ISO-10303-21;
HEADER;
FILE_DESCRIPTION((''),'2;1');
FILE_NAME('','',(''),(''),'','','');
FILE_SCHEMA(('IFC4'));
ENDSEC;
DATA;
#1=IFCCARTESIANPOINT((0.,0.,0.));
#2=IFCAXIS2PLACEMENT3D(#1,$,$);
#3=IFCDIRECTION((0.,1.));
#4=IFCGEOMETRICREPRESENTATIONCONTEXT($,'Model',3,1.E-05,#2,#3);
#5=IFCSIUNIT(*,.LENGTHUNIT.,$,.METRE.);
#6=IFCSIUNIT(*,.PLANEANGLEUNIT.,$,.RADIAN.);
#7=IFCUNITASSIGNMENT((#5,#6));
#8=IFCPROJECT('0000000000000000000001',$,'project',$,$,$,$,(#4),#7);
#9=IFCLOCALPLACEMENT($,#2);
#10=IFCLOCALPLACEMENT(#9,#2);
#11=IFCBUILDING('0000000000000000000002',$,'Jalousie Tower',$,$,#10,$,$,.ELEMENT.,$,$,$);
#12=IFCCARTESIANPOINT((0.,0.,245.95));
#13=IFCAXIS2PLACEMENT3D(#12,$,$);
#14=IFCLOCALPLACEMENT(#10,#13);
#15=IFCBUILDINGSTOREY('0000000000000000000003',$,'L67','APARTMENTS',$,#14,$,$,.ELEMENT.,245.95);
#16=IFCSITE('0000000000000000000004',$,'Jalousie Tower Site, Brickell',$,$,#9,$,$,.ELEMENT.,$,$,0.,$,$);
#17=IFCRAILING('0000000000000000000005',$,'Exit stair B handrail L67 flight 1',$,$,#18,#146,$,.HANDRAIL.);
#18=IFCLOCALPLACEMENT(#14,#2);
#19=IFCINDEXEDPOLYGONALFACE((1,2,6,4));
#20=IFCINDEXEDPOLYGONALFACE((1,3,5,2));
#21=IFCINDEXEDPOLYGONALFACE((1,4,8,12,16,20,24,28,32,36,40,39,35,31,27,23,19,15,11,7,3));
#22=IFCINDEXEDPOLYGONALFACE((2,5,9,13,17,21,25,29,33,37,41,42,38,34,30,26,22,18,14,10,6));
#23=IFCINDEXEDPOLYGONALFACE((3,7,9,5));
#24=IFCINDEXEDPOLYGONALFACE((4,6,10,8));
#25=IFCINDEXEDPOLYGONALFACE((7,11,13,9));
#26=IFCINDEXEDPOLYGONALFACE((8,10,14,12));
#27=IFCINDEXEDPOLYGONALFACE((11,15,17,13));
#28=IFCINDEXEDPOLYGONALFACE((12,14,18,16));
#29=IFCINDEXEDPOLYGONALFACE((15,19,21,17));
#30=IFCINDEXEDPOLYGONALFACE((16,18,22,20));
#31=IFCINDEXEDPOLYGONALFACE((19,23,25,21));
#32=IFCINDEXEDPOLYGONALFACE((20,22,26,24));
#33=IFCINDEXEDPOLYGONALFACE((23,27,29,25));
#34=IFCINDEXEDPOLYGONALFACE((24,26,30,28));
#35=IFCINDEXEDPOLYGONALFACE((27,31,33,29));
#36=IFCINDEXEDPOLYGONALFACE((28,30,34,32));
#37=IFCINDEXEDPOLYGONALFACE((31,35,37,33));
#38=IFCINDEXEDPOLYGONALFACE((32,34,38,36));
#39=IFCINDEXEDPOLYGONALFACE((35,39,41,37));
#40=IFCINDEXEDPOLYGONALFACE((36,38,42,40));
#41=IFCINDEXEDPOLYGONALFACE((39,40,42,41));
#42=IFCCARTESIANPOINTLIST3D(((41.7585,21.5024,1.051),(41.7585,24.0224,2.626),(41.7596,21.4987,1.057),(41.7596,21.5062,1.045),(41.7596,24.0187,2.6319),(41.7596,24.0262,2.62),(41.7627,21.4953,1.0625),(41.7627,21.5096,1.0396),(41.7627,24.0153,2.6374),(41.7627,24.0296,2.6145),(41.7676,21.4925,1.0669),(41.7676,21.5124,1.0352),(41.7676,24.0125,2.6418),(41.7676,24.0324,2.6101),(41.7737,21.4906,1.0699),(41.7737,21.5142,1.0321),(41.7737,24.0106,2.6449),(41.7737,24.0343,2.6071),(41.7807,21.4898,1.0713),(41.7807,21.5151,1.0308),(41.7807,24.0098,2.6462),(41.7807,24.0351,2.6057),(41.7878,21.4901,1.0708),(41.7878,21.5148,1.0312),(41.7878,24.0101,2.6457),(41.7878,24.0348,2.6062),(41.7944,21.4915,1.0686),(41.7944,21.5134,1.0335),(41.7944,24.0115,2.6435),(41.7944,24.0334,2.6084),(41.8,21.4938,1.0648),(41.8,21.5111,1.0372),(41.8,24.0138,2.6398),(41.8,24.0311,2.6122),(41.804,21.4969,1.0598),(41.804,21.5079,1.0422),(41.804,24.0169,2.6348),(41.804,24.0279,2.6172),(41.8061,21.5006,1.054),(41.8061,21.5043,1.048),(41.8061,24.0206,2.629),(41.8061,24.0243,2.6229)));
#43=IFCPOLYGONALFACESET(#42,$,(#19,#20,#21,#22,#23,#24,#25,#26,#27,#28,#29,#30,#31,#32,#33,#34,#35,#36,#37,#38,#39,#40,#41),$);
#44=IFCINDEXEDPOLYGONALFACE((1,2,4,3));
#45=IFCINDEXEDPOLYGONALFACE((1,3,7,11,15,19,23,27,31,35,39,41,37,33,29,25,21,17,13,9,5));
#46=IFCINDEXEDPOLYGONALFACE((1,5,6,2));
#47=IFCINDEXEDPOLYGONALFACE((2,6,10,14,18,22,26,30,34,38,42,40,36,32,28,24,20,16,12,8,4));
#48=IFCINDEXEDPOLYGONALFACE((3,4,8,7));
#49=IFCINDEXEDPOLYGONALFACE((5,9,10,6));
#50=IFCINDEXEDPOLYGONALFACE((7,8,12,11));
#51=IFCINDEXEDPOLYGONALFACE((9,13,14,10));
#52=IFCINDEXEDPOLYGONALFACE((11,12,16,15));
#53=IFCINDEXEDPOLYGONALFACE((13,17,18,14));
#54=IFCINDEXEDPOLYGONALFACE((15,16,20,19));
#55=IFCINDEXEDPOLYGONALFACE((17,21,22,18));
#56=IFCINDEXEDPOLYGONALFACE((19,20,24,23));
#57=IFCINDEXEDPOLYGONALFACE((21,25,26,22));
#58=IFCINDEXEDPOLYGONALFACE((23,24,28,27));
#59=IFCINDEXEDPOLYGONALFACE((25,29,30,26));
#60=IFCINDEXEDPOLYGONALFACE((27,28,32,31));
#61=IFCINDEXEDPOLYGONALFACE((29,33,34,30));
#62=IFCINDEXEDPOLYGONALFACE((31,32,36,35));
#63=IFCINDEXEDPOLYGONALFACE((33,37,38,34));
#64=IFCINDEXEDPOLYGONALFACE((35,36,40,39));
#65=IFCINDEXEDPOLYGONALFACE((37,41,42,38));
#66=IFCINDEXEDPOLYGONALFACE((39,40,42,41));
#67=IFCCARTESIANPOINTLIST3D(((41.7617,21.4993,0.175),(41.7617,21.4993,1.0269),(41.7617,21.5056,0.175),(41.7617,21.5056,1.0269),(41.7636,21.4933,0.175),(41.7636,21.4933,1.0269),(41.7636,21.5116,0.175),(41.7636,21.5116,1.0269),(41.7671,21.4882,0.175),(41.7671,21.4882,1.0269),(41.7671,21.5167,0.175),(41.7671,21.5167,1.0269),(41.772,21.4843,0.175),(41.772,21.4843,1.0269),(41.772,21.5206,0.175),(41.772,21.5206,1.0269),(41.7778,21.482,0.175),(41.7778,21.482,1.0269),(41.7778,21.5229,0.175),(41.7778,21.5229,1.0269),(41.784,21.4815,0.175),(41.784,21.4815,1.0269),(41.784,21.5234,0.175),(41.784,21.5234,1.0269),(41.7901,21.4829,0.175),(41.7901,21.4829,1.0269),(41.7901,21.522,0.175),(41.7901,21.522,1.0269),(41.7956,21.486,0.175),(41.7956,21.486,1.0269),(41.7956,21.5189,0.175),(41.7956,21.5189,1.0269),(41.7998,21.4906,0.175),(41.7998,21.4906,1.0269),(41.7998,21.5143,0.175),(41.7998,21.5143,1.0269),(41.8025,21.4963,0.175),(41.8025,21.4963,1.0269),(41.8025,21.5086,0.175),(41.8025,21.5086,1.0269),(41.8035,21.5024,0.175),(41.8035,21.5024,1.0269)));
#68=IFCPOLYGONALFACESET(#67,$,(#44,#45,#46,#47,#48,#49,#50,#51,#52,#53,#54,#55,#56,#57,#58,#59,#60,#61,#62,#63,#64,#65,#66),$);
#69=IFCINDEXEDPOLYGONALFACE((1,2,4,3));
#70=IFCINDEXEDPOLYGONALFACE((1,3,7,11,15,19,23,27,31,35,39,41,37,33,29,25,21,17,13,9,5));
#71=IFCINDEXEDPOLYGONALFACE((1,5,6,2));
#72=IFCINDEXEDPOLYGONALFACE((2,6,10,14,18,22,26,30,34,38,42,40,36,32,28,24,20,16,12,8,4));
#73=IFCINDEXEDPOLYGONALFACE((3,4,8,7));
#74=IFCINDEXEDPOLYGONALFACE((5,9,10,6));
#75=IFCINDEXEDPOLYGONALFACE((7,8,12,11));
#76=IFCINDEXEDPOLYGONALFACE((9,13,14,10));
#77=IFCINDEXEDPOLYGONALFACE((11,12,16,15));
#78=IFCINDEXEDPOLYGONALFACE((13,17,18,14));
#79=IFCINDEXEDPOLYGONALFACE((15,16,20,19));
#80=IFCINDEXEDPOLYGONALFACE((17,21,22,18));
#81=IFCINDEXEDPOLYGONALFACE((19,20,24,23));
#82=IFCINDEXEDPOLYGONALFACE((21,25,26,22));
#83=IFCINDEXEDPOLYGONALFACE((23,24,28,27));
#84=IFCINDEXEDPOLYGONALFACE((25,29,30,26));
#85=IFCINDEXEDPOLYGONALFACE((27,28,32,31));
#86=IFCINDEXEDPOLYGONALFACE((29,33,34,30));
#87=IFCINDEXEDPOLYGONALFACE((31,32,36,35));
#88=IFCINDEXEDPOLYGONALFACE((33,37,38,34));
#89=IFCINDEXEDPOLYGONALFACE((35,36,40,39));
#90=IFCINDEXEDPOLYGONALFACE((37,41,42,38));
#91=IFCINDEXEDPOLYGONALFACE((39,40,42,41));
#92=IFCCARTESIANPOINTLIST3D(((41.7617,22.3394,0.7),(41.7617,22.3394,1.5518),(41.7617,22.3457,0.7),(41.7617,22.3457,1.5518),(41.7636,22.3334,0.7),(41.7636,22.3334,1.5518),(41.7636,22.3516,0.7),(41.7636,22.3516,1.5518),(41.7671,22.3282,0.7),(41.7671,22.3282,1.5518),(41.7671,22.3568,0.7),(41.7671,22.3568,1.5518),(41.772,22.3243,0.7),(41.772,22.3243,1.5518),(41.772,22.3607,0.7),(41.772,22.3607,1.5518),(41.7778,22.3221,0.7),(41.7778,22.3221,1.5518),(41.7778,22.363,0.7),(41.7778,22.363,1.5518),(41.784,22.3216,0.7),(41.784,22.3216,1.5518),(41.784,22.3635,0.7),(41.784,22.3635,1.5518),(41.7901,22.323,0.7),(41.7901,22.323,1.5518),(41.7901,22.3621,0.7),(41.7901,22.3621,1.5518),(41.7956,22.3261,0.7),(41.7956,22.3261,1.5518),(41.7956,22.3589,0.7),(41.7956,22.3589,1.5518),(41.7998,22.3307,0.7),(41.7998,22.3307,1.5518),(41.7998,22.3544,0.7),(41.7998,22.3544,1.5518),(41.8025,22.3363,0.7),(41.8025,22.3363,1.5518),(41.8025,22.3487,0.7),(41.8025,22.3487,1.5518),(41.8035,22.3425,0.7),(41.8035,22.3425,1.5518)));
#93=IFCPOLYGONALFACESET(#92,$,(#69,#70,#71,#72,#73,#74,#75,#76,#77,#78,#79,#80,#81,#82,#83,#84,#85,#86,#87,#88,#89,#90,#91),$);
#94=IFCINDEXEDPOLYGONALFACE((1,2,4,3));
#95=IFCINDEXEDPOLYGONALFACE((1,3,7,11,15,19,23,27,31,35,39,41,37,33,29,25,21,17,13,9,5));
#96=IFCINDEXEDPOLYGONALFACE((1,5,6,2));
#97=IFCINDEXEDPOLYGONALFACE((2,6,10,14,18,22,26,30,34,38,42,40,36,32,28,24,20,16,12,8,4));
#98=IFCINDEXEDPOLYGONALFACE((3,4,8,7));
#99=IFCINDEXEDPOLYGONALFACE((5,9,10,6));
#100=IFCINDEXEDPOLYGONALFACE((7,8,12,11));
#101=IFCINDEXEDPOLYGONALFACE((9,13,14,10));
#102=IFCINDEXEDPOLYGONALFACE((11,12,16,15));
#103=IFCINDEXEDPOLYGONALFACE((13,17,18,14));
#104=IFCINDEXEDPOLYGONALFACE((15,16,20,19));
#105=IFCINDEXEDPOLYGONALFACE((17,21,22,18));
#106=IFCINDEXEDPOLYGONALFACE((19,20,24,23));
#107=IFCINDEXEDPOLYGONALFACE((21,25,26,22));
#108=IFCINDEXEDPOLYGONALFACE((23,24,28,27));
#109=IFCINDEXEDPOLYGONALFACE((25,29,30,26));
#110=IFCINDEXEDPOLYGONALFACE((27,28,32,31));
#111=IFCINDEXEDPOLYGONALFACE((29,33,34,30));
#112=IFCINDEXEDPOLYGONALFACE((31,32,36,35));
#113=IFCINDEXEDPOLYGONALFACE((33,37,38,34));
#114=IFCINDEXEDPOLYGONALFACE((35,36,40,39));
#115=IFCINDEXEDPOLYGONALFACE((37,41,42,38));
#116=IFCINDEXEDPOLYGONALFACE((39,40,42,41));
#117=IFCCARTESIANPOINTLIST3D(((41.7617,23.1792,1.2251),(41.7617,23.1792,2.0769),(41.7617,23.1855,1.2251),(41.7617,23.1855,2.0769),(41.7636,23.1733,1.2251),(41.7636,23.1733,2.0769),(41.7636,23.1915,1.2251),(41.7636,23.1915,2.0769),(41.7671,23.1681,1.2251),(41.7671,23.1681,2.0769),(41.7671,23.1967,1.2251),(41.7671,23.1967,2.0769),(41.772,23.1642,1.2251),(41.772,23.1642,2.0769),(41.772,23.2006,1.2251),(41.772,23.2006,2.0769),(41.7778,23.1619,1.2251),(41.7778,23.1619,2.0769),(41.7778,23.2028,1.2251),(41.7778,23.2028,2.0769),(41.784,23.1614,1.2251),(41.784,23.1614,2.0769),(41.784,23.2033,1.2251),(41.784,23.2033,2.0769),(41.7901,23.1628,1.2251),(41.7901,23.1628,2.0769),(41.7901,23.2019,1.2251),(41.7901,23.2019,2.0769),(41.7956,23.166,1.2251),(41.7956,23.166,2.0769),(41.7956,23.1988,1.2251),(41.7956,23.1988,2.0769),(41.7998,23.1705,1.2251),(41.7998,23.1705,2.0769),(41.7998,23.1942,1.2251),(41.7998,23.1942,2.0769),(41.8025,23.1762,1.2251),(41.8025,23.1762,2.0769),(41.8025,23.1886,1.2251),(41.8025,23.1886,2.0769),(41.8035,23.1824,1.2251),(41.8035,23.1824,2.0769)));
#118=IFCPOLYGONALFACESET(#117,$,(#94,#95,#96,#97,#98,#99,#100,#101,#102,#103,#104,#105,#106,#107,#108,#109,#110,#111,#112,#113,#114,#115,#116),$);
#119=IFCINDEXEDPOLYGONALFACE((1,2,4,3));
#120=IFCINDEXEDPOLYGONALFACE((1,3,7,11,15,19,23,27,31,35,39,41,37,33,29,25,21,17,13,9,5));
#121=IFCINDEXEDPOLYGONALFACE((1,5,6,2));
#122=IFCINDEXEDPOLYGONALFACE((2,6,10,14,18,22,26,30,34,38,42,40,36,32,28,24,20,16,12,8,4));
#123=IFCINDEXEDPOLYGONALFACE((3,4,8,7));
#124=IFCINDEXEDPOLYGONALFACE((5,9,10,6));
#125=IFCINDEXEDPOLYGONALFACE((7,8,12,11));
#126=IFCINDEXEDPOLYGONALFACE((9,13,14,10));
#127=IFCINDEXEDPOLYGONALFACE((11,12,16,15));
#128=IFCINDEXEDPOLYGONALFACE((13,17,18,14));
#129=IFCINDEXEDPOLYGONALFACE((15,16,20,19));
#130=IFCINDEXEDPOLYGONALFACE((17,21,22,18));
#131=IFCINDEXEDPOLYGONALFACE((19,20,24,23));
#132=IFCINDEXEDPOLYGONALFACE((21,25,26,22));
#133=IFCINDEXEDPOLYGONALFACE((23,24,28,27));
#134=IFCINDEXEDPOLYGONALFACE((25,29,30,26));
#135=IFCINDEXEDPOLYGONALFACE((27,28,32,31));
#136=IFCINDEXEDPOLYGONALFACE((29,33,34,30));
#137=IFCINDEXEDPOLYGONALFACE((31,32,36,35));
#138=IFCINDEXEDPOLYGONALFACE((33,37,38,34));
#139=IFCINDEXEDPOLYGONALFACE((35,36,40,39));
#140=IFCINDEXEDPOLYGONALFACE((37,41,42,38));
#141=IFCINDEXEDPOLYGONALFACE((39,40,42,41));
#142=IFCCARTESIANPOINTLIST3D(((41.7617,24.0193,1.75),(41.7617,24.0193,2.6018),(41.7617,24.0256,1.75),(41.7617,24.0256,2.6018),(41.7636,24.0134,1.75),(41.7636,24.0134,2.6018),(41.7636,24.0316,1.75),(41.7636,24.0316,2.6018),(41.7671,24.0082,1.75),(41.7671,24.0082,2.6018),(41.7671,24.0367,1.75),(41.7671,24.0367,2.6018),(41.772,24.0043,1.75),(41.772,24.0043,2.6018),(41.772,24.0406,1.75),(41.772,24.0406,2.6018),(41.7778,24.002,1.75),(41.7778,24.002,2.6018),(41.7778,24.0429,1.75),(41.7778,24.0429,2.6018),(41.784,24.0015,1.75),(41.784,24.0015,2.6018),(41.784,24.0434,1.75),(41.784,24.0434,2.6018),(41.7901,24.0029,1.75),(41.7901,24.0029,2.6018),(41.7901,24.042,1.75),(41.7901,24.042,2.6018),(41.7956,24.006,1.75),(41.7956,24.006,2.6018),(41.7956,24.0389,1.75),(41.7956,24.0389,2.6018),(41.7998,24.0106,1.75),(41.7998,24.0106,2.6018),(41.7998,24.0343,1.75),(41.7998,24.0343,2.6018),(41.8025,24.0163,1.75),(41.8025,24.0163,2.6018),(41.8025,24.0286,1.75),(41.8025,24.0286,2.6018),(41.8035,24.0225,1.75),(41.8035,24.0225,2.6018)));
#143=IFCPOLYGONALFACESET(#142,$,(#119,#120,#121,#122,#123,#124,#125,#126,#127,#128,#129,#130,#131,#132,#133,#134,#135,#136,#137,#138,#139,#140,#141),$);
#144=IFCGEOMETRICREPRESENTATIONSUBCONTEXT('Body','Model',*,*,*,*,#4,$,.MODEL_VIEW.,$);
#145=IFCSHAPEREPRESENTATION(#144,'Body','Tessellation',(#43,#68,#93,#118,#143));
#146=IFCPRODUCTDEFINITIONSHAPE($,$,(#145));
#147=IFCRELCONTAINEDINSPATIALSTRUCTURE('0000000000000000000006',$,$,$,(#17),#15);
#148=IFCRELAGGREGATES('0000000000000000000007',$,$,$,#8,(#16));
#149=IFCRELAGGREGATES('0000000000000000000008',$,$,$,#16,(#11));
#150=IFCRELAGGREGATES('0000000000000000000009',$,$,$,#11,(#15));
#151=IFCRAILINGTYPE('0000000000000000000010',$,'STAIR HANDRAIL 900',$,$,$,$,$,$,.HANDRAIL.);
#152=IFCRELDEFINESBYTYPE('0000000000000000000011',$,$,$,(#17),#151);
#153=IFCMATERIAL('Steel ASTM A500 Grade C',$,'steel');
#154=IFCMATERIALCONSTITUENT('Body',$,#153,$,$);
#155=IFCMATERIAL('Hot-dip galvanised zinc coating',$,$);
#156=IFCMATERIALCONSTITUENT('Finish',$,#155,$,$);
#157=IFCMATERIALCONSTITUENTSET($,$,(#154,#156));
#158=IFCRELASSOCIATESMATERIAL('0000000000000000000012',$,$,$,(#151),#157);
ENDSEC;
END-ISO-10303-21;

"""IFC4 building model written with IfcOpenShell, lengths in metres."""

from ifc_helpers import new_model, si_unit, direction, frame, origin, origin_2d, place, context, subcontext, project, spatial, circle, extrude, material, constituent, constituent_set, type_object, element, save


model = new_model("IFC4")

# Units and contexts
model_context = context("Model", 3, precision=1e-05, world=origin(), true_north=direction((0.0, 1.0)))
body_context = subcontext(model_context, "Body", "Model", "MODEL_VIEW")
ifc_project = project(units=[si_unit("LENGTHUNIT", "METRE"), si_unit("PLANEANGLEUNIT", "RADIAN")], contexts=[model_context])

# Site, building, storey
site_placement = place(None, origin())
site = spatial("IfcSite", under=ifc_project, at=site_placement, Name="Jalousie Tower Site, Brickell", CompositionType="ELEMENT", RefElevation=0.0)
building_placement = place(site_placement, origin())
building = spatial("IfcBuilding", under=site, at=building_placement, Name="Jalousie Tower", CompositionType="ELEMENT")
storey_placement = place(building_placement, frame((0.0, 0.0, 245.95)))
storey = spatial("IfcBuildingStorey", under=building, at=storey_placement, Name="L67", Description="APARTMENTS", CompositionType="ELEMENT", Elevation=245.95)

# Railing
ifc_material_1 = material(Name="Steel ASTM A500 Grade C", Category="steel")
ifc_constituent_1 = constituent(ifc_material_1, Name="Body")
ifc_material_2 = material(Name="Hot-dip galvanised zinc coating")
ifc_constituent_2 = constituent(ifc_material_2, Name="Finish")
ifc_constituent_set_1 = constituent_set(constituents=[ifc_constituent_1, ifc_constituent_2])
railing_type_1 = type_object("IfcRailingType", Name="STAIR HANDRAIL 900", PredefinedType="HANDRAIL", material=ifc_constituent_set_1)
railing_1_placement = place(storey_placement, frame((41.7825, 21.5024, 0.175)))
element("IfcRailing", 1, at=railing_1_placement, inside=storey, type_object=railing_type_1, Name="Exit stair B handrail L67 flight 1", PredefinedType="HANDRAIL", context=body_context, shape_type="SweptSolid", body=[
    extrude(circle(Radius=0.0239, at=origin_2d()), frame((0.0, 0.0, 0.876), z_axis=(0.0, 0.848008, 0.529984), x_axis=(-1.0, 0.0, 0.0)), (0.0, 0.0, 1.0), 2.9717),
    extrude(circle(Radius=0.021, at=origin_2d()), origin(), (0.0, 0.0, 1.0), 0.8518),
    extrude(circle(Radius=0.021, at=origin_2d()), frame((0.0, 0.8401, 0.5249)), (0.0, 0.0, 1.0), 0.8518),
    extrude(circle(Radius=0.021, at=origin_2d()), frame((0.0, 1.6799, 1.05)), (0.0, 0.0, 1.0), 0.8518),
    extrude(circle(Radius=0.021, at=origin_2d()), frame((0.0, 2.52, 1.575)), (0.0, 0.0, 1.0), 0.8518),
])

save(model, "model.ifc")
